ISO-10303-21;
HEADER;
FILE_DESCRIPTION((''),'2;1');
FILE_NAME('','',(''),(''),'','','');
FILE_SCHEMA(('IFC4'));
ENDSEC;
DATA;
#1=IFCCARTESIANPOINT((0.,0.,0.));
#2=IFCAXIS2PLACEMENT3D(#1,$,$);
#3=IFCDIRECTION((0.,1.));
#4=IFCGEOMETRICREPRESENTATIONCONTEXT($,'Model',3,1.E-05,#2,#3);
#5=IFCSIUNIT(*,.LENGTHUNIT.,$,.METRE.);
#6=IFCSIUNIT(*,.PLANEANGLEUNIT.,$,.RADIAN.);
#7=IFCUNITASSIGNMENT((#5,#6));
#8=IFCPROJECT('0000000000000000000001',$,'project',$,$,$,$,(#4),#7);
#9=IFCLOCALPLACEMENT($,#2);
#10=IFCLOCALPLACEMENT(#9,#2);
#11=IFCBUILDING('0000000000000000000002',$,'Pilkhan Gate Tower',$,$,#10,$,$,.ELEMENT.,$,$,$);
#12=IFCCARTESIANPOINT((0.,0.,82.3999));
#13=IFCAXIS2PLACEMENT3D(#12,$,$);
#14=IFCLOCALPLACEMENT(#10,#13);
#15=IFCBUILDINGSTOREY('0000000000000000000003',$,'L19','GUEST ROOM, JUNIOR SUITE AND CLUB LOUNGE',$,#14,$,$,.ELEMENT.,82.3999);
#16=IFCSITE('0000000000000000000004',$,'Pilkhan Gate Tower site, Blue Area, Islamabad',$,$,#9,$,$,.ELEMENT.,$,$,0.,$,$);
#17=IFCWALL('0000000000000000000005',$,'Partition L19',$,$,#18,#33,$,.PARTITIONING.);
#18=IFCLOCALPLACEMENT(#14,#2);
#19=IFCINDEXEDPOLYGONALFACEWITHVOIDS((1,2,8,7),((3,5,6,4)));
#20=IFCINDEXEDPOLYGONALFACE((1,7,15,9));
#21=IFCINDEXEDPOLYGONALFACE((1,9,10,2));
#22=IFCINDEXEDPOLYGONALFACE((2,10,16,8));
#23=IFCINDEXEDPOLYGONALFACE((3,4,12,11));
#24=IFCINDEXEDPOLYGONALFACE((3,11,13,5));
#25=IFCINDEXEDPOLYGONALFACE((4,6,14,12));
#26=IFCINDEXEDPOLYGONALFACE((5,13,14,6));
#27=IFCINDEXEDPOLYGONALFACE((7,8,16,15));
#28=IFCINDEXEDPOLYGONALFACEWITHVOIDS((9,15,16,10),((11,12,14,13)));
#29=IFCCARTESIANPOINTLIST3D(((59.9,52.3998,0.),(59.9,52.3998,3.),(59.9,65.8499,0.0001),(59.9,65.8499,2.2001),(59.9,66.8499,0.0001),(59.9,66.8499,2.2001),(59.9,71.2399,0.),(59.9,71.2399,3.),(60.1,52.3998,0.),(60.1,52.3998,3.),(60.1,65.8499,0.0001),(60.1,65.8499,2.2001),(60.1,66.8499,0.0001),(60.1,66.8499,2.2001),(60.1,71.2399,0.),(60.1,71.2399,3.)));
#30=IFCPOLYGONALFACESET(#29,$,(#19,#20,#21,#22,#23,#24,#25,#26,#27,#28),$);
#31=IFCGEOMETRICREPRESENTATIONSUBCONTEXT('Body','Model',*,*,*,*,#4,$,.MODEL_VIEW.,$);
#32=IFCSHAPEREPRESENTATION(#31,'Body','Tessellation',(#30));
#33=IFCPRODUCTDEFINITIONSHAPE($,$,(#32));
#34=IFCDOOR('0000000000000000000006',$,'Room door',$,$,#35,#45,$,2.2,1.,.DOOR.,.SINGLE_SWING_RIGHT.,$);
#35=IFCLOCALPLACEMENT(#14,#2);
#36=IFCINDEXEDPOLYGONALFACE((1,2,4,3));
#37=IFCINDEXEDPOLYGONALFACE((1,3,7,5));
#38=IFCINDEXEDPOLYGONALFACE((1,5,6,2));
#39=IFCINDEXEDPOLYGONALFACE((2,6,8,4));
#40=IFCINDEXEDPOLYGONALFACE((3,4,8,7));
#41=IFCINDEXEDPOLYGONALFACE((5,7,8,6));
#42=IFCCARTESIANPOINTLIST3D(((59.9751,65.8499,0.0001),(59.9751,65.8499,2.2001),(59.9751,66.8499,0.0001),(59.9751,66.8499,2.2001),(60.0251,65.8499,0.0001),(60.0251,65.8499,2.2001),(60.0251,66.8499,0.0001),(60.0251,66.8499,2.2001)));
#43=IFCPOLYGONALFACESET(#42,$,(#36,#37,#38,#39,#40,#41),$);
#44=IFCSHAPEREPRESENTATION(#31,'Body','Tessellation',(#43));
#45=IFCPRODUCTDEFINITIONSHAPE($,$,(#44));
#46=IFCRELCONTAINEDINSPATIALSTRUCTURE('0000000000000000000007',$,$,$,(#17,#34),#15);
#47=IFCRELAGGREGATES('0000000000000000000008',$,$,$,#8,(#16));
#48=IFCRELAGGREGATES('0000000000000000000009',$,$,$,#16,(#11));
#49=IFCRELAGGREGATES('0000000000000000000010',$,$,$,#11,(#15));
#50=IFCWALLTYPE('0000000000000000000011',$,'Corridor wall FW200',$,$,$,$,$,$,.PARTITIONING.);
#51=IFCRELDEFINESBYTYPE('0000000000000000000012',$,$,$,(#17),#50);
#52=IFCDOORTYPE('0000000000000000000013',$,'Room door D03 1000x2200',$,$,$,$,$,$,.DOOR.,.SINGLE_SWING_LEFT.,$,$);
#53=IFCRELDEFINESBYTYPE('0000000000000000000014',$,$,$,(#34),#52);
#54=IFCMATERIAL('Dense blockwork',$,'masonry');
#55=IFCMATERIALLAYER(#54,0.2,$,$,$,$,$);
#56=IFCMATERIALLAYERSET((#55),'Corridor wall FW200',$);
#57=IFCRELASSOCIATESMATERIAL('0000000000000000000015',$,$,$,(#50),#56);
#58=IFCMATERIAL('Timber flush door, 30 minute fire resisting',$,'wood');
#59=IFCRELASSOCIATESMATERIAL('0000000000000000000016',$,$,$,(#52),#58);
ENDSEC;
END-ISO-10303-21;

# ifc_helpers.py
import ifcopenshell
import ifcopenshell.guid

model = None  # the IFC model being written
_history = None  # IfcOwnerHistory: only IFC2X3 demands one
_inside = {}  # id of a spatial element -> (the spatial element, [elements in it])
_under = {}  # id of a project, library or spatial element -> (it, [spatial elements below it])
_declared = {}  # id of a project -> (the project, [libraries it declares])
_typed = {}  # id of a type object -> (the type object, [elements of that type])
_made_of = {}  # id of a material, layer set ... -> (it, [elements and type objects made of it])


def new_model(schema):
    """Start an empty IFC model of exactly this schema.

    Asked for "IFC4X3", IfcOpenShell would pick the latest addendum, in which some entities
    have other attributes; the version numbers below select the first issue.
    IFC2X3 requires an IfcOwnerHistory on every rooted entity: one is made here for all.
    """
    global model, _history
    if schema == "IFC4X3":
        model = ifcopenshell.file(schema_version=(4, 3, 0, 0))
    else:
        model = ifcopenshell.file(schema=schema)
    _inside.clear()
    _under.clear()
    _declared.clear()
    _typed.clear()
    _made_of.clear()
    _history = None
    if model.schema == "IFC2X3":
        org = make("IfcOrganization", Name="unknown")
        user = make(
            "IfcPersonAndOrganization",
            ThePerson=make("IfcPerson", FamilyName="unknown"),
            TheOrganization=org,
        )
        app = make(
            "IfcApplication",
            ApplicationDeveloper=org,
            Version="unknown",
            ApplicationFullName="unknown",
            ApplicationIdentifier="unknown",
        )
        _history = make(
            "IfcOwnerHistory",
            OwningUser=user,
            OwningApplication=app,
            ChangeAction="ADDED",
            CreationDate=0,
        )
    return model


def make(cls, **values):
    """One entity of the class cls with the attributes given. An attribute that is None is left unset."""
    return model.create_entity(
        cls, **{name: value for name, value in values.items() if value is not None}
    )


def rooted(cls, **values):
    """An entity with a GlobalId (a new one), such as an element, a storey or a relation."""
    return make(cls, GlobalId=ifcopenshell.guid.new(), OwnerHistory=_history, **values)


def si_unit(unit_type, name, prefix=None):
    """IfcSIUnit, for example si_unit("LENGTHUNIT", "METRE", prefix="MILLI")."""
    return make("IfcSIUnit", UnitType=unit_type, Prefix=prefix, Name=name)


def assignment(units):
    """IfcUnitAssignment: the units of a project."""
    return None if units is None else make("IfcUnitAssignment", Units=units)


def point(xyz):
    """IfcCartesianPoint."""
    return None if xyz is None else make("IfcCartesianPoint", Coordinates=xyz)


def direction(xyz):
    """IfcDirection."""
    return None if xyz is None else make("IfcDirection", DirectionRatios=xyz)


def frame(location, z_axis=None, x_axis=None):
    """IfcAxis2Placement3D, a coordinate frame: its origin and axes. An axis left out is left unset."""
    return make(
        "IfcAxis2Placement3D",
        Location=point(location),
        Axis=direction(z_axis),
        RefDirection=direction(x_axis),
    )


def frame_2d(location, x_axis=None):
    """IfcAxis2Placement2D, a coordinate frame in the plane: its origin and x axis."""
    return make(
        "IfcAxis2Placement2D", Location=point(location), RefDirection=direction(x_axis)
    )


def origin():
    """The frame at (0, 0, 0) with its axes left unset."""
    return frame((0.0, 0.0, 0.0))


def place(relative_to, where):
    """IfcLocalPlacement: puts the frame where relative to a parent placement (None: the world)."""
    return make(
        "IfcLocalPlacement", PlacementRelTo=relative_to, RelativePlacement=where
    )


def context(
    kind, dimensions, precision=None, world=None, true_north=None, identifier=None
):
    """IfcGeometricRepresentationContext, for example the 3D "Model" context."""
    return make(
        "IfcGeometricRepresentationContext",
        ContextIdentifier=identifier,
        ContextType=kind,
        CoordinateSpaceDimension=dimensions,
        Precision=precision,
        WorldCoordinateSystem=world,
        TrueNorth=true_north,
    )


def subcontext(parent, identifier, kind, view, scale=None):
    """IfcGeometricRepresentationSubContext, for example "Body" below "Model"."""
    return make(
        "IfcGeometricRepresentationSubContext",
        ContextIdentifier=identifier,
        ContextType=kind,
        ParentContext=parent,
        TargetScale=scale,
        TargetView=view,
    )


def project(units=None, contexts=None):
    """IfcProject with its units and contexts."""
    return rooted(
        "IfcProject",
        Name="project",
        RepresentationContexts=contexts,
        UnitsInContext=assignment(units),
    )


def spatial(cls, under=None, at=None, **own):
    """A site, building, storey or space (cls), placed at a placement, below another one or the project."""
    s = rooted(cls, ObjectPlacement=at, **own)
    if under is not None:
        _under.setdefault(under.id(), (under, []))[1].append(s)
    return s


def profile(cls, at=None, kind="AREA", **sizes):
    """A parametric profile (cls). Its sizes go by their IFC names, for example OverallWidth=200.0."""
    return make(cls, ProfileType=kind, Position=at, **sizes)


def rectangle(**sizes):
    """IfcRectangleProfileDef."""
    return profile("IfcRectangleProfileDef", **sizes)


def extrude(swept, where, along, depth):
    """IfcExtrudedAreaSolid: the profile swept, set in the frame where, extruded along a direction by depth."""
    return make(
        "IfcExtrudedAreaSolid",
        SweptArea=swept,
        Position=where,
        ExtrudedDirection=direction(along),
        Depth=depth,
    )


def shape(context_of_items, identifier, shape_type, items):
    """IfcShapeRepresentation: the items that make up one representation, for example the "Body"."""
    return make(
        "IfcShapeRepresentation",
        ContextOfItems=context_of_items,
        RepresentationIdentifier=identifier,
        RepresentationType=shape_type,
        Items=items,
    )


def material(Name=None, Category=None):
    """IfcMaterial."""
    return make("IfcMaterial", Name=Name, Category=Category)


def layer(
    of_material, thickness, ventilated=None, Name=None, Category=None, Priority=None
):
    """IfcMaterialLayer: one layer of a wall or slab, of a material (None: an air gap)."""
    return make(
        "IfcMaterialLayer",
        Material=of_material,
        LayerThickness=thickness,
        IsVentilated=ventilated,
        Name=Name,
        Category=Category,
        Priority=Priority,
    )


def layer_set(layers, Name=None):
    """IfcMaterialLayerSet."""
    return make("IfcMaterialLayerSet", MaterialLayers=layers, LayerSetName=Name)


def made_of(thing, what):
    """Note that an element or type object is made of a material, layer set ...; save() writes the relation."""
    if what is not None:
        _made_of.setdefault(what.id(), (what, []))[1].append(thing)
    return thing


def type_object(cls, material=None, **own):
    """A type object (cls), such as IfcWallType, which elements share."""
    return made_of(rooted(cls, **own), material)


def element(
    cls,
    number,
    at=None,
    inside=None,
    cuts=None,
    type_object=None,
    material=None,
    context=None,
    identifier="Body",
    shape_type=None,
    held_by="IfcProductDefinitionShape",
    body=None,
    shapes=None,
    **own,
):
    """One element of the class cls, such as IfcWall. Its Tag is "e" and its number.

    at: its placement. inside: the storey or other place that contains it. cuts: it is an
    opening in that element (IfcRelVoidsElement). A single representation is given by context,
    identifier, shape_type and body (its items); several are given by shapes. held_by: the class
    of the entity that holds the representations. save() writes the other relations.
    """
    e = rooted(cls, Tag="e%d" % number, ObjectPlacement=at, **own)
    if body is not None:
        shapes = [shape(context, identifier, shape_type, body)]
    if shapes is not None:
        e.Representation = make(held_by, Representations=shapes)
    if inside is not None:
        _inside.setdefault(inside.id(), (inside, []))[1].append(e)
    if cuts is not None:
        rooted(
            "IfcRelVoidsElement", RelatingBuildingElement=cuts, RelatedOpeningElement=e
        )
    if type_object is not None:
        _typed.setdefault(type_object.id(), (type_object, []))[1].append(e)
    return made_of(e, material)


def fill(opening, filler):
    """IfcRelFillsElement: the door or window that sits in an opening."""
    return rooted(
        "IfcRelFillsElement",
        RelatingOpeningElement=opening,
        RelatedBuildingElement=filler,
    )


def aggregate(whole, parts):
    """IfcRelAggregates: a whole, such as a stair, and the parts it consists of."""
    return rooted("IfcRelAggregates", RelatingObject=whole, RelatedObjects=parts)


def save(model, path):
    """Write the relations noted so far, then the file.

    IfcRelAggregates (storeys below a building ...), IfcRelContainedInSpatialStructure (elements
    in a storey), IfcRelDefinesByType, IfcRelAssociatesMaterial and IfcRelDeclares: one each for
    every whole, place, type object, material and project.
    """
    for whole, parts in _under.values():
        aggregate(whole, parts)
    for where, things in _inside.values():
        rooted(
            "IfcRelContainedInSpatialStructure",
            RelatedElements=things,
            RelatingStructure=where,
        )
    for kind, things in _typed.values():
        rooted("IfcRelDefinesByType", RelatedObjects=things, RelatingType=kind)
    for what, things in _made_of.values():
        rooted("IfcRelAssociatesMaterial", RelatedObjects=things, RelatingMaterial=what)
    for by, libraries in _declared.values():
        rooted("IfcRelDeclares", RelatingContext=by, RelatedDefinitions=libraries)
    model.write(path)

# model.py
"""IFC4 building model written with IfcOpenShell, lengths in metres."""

from ifc_helpers import new_model, si_unit, direction, frame, frame_2d, origin, place, context, subcontext, project, spatial, rectangle, extrude, material, layer, layer_set, type_object, element, fill, save


model = new_model("IFC4")

# Units and contexts
model_context = context("Model", 3, precision=1e-05, world=origin(), true_north=direction((0.0, 1.0)))
body_context = subcontext(model_context, "Body", "Model", "MODEL_VIEW")
ifc_project = project(units=[si_unit("LENGTHUNIT", "METRE"), si_unit("PLANEANGLEUNIT", "RADIAN")], contexts=[model_context])

# Site, building, storey
site_placement = place(None, origin())
site = spatial("IfcSite", under=ifc_project, at=site_placement, Name="Pilkhan Gate Tower site, Blue Area, Islamabad", CompositionType="ELEMENT", RefElevation=0.0)
building_placement = place(site_placement, origin())
building = spatial("IfcBuilding", under=site, at=building_placement, Name="Pilkhan Gate Tower", CompositionType="ELEMENT")
storey_placement = place(building_placement, frame((0.0, 0.0, 82.3999)))
storey = spatial("IfcBuildingStorey", under=building, at=storey_placement, Name="L19", Description="GUEST ROOM, JUNIOR SUITE AND CLUB LOUNGE", CompositionType="ELEMENT", Elevation=82.3999)

# Shared definitions
ifc_material_1 = material(Name="Dense blockwork", Category="masonry")
ifc_layer_1 = layer(ifc_material_1, 0.2)
ifc_layer_set_1 = layer_set([ifc_layer_1], Name="Corridor wall FW200")
wall_type = type_object("IfcWallType", Name="Corridor wall FW200", PredefinedType="PARTITIONING", material=ifc_layer_set_1)
ifc_material_2 = material(Name="Timber flush door, 30 minute fire resisting", Category="wood")

# Wall, opening, door
wall_1_placement = place(storey_placement, frame((60.0, 52.3999, 0.0), z_axis=(0.0, 0.0, 1.0), x_axis=(0.0, 1.0, 0.0)))
wall_1 = element("IfcWall", 1, at=wall_1_placement, inside=storey, type_object=wall_type, Name="Partition L19", PredefinedType="PARTITIONING", context=body_context, shape_type="SweptSolid", body=[
    extrude(rectangle(XDim=18.8401, YDim=0.2, at=frame_2d((9.4199, 0.0))), origin(), (0.0, 0.0, 1.0), 3.0),
])
opening_1_placement = place(wall_1_placement, frame((13.45, 0.0, 0.0)))
opening_1 = element("IfcOpeningElement", 2, at=opening_1_placement, cuts=wall_1, PredefinedType="OPENING", context=body_context, shape_type="SweptSolid", body=[
    extrude(rectangle(XDim=1.0, YDim=2.2, at=frame_2d((0.5, 1.1001))), frame((0.0, 0.1099, 0.0), z_axis=(0.0, -1.0, 0.0), x_axis=(1.0, 0.0, 0.0)), (0.0, 0.0, 1.0), 0.22),
])
door_type_1 = type_object("IfcDoorType", Name="Room door D03 1000x2200", OperationType="SINGLE_SWING_LEFT", PredefinedType="DOOR", material=ifc_material_2)
door_1_placement = place(opening_1_placement, origin())
door_1 = element("IfcDoor", 3, at=door_1_placement, inside=storey, type_object=door_type_1, Name="Room door", OperationType="SINGLE_SWING_RIGHT", OverallHeight=2.2, OverallWidth=1.0, PredefinedType="DOOR", context=body_context, shape_type="SweptSolid", body=[
    extrude(rectangle(XDim=1.0, YDim=2.2, at=frame_2d((0.5, 1.1001))), frame((0.0, 0.0249, 0.0), z_axis=(0.0, -1.0, 0.0), x_axis=(1.0, 0.0, 0.0)), (0.0, 0.0, 1.0), 0.05),
])
fill(opening_1, door_1)

save(model, "model.ifc")
